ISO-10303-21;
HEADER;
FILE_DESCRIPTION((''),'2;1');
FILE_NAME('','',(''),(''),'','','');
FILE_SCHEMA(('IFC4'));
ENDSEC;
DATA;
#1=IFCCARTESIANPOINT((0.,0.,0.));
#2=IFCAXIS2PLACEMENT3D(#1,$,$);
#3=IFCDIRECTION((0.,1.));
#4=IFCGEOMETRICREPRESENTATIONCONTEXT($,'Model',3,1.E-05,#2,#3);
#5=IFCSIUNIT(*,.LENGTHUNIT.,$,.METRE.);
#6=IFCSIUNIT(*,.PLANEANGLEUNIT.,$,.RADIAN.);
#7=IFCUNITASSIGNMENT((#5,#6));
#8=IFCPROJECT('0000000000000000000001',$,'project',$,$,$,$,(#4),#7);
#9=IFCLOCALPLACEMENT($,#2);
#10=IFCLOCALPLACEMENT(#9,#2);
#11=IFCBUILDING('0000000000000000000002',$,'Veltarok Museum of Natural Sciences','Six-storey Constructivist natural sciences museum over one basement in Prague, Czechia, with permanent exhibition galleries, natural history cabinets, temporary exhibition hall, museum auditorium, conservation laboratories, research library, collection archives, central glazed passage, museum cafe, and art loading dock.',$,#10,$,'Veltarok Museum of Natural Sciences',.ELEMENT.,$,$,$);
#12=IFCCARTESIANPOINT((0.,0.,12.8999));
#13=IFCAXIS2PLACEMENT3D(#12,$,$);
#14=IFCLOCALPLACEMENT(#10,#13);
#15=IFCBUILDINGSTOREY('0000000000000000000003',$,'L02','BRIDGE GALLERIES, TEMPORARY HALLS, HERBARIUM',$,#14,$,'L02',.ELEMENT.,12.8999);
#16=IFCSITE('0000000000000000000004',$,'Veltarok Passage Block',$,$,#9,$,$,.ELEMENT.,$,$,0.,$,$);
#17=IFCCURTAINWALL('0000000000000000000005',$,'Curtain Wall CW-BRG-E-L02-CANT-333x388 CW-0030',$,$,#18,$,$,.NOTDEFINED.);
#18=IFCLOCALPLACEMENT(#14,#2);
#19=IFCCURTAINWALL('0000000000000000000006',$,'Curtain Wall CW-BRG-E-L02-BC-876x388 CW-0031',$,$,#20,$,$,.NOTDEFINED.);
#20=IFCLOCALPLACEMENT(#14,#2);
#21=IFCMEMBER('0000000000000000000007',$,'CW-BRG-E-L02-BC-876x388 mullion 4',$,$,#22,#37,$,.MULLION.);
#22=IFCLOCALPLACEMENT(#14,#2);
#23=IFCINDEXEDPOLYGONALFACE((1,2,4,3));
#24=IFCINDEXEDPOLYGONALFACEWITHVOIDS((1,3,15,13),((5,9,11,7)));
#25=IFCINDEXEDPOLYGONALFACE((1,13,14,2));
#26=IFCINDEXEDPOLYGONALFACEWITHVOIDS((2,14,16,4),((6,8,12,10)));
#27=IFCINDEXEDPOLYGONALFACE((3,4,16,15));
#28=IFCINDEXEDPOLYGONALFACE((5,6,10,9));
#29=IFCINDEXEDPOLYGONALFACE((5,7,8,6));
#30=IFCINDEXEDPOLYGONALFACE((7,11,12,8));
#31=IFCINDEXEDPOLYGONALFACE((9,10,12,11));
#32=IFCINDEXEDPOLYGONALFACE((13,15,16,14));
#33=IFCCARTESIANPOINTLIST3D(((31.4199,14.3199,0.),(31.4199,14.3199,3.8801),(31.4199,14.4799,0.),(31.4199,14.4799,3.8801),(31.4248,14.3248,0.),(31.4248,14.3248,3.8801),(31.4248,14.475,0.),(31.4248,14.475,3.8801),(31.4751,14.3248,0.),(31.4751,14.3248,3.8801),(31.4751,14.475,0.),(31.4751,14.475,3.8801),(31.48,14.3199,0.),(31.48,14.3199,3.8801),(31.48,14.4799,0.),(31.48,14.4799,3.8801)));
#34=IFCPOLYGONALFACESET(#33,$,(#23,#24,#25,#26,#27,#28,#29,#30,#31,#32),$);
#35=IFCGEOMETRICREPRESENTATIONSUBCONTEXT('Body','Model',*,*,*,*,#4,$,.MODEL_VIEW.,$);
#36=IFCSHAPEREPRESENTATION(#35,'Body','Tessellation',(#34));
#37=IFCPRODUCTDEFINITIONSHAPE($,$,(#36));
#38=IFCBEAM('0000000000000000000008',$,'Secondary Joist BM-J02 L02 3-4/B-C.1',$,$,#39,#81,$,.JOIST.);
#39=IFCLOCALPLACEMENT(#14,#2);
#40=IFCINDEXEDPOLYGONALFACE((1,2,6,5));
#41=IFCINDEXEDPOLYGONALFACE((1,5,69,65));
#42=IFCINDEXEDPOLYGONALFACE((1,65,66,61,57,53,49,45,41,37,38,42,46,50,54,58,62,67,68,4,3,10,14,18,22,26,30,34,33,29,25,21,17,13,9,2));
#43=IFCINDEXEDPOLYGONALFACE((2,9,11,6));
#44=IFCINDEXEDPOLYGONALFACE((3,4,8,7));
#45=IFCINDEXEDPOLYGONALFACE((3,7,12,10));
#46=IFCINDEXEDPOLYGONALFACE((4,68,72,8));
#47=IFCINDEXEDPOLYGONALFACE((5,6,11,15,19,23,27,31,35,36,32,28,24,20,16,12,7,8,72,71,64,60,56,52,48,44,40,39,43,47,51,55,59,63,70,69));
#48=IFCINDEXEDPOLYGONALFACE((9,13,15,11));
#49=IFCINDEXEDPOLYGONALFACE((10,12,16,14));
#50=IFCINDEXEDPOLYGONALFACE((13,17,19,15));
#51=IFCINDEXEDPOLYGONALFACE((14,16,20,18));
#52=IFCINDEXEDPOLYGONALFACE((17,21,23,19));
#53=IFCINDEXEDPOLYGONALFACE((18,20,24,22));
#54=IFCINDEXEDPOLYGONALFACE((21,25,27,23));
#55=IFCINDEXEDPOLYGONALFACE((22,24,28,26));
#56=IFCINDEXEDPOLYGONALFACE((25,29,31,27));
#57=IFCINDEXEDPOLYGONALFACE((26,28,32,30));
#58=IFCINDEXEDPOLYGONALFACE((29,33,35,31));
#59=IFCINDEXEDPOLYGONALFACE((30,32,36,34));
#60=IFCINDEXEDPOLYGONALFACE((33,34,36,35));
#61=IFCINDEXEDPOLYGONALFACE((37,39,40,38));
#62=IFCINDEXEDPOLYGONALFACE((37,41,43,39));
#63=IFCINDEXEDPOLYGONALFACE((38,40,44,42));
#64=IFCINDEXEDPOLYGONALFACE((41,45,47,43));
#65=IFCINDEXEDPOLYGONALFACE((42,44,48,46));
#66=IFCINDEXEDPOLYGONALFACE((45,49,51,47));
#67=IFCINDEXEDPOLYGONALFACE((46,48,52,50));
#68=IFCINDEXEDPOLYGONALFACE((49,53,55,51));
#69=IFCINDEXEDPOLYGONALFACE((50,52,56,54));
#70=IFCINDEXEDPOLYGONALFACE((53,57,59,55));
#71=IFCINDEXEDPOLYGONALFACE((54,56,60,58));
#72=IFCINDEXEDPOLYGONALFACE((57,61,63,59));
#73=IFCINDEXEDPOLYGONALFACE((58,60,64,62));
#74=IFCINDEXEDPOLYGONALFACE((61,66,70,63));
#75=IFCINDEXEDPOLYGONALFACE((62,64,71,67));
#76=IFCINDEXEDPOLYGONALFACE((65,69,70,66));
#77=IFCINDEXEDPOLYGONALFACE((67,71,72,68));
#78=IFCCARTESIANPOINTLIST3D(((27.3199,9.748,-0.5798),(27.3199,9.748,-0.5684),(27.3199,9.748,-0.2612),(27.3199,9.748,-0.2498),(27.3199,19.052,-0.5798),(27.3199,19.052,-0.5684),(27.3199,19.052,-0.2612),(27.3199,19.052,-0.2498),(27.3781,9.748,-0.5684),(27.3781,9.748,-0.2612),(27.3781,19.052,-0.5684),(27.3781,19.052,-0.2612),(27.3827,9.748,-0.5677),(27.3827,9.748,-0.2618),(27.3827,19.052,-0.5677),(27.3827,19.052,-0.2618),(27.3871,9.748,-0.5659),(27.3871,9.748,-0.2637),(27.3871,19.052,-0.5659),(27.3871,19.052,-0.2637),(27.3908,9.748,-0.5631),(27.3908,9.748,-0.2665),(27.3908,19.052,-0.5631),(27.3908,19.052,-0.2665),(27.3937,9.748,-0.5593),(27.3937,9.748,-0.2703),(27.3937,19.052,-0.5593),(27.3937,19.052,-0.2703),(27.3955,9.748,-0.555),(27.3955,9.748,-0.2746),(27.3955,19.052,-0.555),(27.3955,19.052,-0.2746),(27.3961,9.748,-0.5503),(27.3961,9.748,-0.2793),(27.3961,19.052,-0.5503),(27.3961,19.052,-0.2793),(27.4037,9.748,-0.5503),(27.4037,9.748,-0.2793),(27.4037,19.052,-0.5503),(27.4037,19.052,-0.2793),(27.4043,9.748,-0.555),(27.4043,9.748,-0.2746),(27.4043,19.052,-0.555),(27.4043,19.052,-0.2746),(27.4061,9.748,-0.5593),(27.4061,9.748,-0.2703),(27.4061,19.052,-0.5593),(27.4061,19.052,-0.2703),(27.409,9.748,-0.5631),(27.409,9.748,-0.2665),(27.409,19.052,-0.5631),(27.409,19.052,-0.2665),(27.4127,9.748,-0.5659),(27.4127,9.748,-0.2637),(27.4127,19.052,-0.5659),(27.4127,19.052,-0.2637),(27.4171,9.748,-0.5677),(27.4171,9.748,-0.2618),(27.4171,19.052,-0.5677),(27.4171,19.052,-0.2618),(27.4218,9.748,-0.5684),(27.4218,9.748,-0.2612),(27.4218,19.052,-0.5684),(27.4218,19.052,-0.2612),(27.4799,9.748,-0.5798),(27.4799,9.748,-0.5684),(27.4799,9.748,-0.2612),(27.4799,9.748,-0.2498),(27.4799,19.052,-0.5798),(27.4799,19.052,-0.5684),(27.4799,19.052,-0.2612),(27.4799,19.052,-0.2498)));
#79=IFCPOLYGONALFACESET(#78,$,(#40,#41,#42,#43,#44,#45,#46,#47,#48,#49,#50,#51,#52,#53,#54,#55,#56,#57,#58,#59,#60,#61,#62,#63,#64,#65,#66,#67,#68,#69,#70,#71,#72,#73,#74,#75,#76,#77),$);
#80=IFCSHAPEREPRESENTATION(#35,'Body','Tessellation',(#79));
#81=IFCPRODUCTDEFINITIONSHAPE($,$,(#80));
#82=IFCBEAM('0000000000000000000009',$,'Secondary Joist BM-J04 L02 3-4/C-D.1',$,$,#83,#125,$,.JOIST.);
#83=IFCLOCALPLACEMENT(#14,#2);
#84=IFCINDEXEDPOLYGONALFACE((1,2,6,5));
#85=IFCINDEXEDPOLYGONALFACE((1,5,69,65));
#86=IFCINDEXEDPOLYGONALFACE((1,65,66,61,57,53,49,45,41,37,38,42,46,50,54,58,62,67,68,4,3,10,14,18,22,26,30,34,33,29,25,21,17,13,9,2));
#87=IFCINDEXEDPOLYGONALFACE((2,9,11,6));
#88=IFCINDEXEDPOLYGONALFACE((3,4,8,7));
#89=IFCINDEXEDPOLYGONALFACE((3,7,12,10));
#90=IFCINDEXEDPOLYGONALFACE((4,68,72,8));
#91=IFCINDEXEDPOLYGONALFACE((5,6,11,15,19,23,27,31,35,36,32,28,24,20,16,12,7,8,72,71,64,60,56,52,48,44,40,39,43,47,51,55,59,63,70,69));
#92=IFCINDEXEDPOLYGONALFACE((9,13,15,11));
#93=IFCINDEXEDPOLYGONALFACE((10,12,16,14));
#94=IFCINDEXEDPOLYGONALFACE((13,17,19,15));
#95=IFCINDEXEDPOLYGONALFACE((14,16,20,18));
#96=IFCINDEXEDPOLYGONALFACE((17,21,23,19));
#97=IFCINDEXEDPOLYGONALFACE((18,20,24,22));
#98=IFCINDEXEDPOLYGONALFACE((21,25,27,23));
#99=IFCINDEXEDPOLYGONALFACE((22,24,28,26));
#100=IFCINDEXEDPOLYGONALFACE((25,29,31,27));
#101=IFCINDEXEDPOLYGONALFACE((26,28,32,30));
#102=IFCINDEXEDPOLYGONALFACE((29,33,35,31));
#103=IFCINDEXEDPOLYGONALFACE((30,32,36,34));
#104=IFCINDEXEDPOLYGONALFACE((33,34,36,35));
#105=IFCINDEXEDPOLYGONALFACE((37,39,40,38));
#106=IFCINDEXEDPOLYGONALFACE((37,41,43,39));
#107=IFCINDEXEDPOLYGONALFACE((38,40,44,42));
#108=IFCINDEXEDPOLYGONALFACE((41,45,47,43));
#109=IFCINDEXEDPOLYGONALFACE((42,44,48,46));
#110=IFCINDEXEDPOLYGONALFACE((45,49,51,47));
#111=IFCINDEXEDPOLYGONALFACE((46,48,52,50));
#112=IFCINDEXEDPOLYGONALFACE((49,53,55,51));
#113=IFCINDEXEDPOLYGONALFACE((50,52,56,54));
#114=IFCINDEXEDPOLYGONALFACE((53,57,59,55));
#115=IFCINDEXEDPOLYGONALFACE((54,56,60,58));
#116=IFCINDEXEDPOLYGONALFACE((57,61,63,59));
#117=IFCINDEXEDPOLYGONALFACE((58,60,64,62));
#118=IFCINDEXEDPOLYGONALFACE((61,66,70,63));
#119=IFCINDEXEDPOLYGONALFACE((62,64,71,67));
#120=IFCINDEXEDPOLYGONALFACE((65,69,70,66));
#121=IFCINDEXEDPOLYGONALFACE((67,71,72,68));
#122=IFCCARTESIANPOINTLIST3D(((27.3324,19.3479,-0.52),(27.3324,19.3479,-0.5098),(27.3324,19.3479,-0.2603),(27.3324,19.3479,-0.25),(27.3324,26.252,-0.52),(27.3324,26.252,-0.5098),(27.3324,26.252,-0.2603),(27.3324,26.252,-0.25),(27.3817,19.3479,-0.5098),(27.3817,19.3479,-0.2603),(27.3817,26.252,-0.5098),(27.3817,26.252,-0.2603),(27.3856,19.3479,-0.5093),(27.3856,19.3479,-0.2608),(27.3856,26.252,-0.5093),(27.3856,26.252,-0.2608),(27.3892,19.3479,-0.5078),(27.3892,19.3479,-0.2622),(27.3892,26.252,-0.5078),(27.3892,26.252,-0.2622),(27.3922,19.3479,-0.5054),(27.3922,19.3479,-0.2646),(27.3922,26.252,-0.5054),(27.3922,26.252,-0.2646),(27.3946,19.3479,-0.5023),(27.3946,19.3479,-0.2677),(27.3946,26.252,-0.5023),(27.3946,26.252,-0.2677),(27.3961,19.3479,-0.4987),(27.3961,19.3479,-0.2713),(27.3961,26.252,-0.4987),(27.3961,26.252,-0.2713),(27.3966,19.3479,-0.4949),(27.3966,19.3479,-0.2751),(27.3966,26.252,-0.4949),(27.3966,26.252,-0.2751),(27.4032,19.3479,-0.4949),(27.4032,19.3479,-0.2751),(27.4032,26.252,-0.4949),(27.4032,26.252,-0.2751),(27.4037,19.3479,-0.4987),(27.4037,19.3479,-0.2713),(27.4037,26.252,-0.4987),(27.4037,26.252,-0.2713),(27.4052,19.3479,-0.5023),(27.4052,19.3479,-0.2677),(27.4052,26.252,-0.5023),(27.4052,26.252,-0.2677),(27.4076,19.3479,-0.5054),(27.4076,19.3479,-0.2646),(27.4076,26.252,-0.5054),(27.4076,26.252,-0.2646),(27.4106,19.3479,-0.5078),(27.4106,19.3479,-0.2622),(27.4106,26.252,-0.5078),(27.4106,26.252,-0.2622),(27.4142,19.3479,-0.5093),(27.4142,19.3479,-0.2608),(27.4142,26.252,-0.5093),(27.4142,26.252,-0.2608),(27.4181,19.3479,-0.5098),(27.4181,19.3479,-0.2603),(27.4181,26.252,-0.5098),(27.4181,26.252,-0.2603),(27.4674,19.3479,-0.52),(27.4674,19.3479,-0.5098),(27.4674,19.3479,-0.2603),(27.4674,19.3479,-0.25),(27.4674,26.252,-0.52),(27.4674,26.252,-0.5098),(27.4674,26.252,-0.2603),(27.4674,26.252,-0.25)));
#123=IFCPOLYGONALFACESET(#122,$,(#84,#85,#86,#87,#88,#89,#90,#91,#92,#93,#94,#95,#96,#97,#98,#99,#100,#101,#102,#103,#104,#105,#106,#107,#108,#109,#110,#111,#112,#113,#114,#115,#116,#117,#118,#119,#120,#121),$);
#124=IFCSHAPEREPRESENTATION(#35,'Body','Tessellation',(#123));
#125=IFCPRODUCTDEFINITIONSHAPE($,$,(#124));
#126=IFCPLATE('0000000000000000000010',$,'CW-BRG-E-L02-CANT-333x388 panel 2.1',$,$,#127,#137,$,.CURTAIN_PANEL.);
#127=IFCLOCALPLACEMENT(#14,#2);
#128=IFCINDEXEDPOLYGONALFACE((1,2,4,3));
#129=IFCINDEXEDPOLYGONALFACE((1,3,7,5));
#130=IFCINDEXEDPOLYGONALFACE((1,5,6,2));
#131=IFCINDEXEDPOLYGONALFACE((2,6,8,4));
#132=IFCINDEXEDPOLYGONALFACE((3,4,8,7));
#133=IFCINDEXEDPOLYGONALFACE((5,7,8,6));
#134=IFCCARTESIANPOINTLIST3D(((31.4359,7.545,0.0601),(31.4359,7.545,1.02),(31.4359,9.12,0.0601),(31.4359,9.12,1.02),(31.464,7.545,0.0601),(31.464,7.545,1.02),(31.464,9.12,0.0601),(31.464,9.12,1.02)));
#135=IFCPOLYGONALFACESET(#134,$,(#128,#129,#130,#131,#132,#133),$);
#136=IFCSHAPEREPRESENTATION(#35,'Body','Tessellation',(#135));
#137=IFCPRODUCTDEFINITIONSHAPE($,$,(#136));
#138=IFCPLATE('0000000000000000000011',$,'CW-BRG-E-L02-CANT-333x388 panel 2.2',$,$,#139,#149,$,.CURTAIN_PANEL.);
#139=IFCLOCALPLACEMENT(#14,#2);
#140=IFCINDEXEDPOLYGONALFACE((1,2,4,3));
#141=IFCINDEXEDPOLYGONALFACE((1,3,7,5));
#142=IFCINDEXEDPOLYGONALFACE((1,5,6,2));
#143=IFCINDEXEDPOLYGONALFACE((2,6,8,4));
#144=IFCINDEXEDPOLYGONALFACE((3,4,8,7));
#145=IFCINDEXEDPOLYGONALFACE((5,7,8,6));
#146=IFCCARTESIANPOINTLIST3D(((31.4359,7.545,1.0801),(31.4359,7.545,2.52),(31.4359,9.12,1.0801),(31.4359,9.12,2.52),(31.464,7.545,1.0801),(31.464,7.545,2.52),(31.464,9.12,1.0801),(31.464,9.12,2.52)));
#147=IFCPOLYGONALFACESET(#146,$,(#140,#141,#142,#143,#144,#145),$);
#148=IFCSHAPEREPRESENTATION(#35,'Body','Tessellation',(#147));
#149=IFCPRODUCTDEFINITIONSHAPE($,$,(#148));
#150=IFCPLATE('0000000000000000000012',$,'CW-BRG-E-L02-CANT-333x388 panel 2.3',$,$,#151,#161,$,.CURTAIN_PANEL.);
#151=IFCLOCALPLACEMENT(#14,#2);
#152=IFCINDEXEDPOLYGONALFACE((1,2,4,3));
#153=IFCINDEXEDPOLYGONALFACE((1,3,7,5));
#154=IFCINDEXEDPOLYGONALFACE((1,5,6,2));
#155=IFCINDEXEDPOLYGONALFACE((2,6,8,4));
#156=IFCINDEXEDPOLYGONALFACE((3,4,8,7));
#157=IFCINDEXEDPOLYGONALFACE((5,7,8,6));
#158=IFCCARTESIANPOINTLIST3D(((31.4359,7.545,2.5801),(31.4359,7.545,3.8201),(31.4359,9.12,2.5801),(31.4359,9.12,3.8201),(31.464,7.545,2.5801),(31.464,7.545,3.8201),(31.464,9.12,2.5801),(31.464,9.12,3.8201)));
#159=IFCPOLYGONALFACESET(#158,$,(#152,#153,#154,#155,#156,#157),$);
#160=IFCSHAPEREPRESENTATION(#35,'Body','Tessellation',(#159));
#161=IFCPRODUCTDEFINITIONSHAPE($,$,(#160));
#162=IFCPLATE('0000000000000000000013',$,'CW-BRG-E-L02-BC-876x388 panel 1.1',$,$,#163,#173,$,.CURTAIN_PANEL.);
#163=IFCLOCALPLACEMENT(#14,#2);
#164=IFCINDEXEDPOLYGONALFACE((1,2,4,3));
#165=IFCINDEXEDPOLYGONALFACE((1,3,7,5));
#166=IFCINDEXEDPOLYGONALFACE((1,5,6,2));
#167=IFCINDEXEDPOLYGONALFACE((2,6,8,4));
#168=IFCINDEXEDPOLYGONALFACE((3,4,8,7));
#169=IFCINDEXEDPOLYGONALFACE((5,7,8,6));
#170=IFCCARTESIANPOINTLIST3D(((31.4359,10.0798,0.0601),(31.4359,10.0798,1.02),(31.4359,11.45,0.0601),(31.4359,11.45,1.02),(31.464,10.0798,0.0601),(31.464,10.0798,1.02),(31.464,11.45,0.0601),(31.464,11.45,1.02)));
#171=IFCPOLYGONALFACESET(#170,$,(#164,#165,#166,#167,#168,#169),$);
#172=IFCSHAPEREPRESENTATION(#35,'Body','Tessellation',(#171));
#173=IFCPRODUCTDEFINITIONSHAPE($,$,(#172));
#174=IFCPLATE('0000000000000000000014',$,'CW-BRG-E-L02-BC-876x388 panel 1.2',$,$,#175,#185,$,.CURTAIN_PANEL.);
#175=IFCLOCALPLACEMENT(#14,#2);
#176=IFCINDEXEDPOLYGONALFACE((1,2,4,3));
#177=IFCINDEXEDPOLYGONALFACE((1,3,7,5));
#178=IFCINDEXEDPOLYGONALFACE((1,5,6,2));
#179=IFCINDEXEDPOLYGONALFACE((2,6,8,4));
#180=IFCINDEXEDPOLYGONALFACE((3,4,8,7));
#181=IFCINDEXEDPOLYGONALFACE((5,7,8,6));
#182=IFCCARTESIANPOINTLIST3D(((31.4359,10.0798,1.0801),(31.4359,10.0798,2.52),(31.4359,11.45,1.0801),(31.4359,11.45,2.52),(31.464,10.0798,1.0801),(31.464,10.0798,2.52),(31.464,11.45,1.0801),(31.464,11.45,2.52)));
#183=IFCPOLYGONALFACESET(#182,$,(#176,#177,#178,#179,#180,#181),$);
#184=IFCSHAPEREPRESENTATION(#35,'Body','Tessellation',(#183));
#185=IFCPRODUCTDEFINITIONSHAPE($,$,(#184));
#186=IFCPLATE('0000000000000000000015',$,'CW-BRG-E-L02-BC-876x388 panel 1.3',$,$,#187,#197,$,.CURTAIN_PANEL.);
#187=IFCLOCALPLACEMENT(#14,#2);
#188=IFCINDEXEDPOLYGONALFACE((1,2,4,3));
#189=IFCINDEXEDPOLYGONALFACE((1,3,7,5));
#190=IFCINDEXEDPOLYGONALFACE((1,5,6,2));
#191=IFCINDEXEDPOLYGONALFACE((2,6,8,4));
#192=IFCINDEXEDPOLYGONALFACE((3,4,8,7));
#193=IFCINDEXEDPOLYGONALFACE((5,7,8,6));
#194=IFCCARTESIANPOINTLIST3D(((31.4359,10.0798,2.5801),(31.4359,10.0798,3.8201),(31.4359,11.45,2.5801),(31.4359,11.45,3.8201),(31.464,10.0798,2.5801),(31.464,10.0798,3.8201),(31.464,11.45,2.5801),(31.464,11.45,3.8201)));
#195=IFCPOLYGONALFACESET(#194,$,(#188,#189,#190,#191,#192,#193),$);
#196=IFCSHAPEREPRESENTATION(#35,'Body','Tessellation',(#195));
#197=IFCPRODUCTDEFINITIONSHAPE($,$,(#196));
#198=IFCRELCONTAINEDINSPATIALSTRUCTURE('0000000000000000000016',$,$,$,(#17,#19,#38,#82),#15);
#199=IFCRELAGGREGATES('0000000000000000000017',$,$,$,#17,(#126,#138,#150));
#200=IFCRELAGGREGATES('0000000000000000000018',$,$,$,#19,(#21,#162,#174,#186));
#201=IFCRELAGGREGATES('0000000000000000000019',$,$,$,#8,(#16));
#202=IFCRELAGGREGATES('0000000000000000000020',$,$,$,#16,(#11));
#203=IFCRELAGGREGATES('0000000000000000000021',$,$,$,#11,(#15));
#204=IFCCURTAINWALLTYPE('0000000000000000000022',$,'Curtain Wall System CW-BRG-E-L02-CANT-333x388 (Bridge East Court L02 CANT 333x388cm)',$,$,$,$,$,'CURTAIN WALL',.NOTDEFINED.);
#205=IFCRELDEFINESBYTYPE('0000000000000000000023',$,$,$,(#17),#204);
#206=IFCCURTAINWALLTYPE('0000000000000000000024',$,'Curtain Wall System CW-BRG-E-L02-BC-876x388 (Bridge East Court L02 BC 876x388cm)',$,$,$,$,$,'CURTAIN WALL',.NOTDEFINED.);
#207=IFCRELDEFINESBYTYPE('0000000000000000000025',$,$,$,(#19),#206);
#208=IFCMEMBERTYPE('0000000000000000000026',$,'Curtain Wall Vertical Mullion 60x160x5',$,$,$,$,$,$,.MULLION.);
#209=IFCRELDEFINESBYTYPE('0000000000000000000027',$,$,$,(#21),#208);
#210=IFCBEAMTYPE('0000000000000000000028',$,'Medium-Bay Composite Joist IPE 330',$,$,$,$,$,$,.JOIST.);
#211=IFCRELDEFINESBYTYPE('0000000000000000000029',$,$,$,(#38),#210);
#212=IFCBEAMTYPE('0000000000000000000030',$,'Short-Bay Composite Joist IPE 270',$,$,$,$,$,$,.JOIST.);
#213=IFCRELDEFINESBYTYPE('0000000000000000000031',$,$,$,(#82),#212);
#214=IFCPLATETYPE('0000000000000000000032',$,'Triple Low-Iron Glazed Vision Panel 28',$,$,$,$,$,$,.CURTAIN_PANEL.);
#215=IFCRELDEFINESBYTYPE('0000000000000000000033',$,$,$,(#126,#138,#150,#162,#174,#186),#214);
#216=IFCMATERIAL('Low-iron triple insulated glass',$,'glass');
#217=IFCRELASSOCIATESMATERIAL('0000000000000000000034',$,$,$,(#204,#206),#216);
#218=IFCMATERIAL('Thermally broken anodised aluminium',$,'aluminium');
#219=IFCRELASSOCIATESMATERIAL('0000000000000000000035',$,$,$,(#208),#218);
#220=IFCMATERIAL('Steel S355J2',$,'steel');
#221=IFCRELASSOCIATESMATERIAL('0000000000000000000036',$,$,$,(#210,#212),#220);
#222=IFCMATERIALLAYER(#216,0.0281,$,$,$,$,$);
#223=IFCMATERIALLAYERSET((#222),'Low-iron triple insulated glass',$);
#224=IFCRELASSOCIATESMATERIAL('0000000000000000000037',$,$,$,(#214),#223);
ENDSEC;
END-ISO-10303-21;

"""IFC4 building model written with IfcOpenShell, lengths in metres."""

from ifc_helpers import new_model, si_unit, direction, frame, origin, origin_2d, place, context, subcontext, project, spatial, rectangle, hollow_rectangle, i_section, extrude, material, layer, layer_set, material_profile, profile_set, type_object, element, aggregate, save


model = new_model("IFC4")

# Units and contexts
model_context = context("Model", 3, precision=1e-05, world=origin(), true_north=direction((0.0, 1.0)))
body_context = subcontext(model_context, "Body", "Model", "MODEL_VIEW")
ifc_project = project(units=[si_unit("LENGTHUNIT", "METRE"), si_unit("PLANEANGLEUNIT", "RADIAN")], contexts=[model_context])

# Site, building, storey
site_placement = place(None, origin())
site = spatial("IfcSite", under=ifc_project, at=site_placement, Name="Veltarok Passage Block", CompositionType="ELEMENT", RefElevation=0.0)
building_placement = place(site_placement, origin())
building = spatial("IfcBuilding", under=site, at=building_placement, Name="Veltarok Museum of Natural Sciences", Description="Six-storey Constructivist natural sciences museum over one basement in Prague, Czechia, with permanent exhibition galleries, natural history cabinets, temporary exhibition hall, museum auditorium, conservation laboratories, research library, collection archives, central glazed passage, museum cafe, and art loading dock.", LongName="Veltarok Museum of Natural Sciences", CompositionType="ELEMENT")
storey_placement = place(building_placement, frame((0.0, 0.0, 12.8999)))
storey = spatial("IfcBuildingStorey", under=building, at=storey_placement, Name="L02", Description="BRIDGE GALLERIES, TEMPORARY HALLS, HERBARIUM", LongName="L02", CompositionType="ELEMENT", Elevation=12.8999)

# Curtain walls
ifc_material_1 = material(Name="Low-iron triple insulated glass", Category="glass")
curtain_wall_type_1 = type_object("IfcCurtainWallType", Name="Curtain Wall System CW-BRG-E-L02-CANT-333x388 (Bridge East Court L02 CANT 333x388cm)", ElementType="CURTAIN WALL", PredefinedType="NOTDEFINED", material=ifc_material_1)
curtain_wall_1_placement = place(storey_placement, origin())
curtain_wall_1 = element("IfcCurtainWall", 1, at=curtain_wall_1_placement, inside=storey, type_object=curtain_wall_type_1, Name="Curtain Wall CW-BRG-E-L02-CANT-333x388 CW-0030", PredefinedType="NOTDEFINED")
ifc_material_2 = material(Name="Thermally broken anodised aluminium", Category="aluminium")
curtain_wall_type_2 = type_object("IfcCurtainWallType", Name="Curtain Wall System CW-BRG-E-L02-BC-876x388 (Bridge East Court L02 BC 876x388cm)", ElementType="CURTAIN WALL", PredefinedType="NOTDEFINED", material=ifc_material_1)
curtain_wall_2_placement = place(storey_placement, origin())
curtain_wall_2 = element("IfcCurtainWall", 2, at=curtain_wall_2_placement, inside=storey, type_object=curtain_wall_type_2, Name="Curtain Wall CW-BRG-E-L02-BC-876x388 CW-0031", PredefinedType="NOTDEFINED")

# Member
ifc_material_profile_1 = material_profile(ifc_material_2, hollow_rectangle(XDim=0.0601, YDim=0.1599, WallThickness=0.0049, at=origin_2d()), Name="CW MULLION 60x160x5")
ifc_profile_set_1 = profile_set([ifc_material_profile_1], Name="Thermally broken anodised aluminium")
member_type_1 = type_object("IfcMemberType", Name="Curtain Wall Vertical Mullion 60x160x5", PredefinedType="MULLION", material=ifc_profile_set_1)
member_1_placement = place(storey_placement, frame((31.45, 14.3999, 0.0), z_axis=(0.0, 0.0, 1.0), x_axis=(-1.0, 0.0, 0.0)))
member_1 = element("IfcMember", 3, at=member_1_placement, type_object=member_type_1, Name="CW-BRG-E-L02-BC-876x388 mullion 4", PredefinedType="MULLION", context=body_context, shape_type="SweptSolid", body=[
    extrude(hollow_rectangle(XDim=0.0601, YDim=0.1599, WallThickness=0.0049, at=origin_2d()), origin(), (0.0, 0.0, 1.0), 3.8801),
])

# Beams
ifc_material_3 = material(Name="Steel S355J2", Category="steel")
ifc_material_profile_2 = material_profile(ifc_material_3, i_section(OverallWidth=0.1599, OverallDepth=0.3301, WebThickness=0.0076, FlangeThickness=0.0115, FilletRadius=0.0181, at=origin_2d()), Name="IPE 330")
ifc_profile_set_2 = profile_set([ifc_material_profile_2], Name="Steel S355J2")
beam_type_1 = type_object("IfcBeamType", Name="Medium-Bay Composite Joist IPE 330", PredefinedType="JOIST", material=ifc_profile_set_2)
beam_1_placement = place(storey_placement, frame((27.3999, 9.748, -0.4148), z_axis=(0.0, 1.0, 0.0), x_axis=(-1.0, 0.0, 0.0)))
element("IfcBeam", 4, at=beam_1_placement, inside=storey, type_object=beam_type_1, Name="Secondary Joist BM-J02 L02 3-4/B-C.1", PredefinedType="JOIST", context=body_context, shape_type="SweptSolid", body=[
    extrude(i_section(OverallWidth=0.1599, OverallDepth=0.3301, WebThickness=0.0076, FlangeThickness=0.0115, FilletRadius=0.0181, at=origin_2d()), origin(), (0.0, 0.0, 1.0), 9.304),
])
ifc_material_profile_3 = material_profile(ifc_material_3, i_section(OverallWidth=0.135, OverallDepth=0.27, WebThickness=0.0066, FlangeThickness=0.0103, FilletRadius=0.0149, at=origin_2d()), Name="IPE 270")
ifc_profile_set_3 = profile_set([ifc_material_profile_3], Name="Steel S355J2")
beam_type_2 = type_object("IfcBeamType", Name="Short-Bay Composite Joist IPE 270", PredefinedType="JOIST", material=ifc_profile_set_3)
beam_2_placement = place(storey_placement, frame((27.3999, 19.3479, -0.385), z_axis=(0.0, 1.0, 0.0), x_axis=(-1.0, 0.0, 0.0)))
element("IfcBeam", 5, at=beam_2_placement, inside=storey, type_object=beam_type_2, Name="Secondary Joist BM-J04 L02 3-4/C-D.1", PredefinedType="JOIST", context=body_context, shape_type="SweptSolid", body=[
    extrude(i_section(OverallWidth=0.135, OverallDepth=0.27, WebThickness=0.0066, FlangeThickness=0.0103, FilletRadius=0.0149, at=origin_2d()), origin(), (0.0, 0.0, 1.0), 6.9041),
])

# Plates
ifc_layer = layer(ifc_material_1, 0.0281)
ifc_layer_set = layer_set([ifc_layer], Name="Low-iron triple insulated glass")
plate_type = type_object("IfcPlateType", Name="Triple Low-Iron Glazed Vision Panel 28", PredefinedType="CURTAIN_PANEL", material=ifc_layer_set)
plate_1_placement = place(storey_placement, frame((31.45, 8.3325, 0.0601), z_axis=(0.0, 0.0, 1.0), x_axis=(0.0, 1.0, 0.0)))
plate_1 = element("IfcPlate", 6, at=plate_1_placement, type_object=plate_type, Name="CW-BRG-E-L02-CANT-333x388 panel 2.1", PredefinedType="CURTAIN_PANEL", context=body_context, shape_type="SweptSolid", body=[
    extrude(rectangle(XDim=1.575, YDim=0.0281, at=origin_2d()), origin(), (0.0, 0.0, 1.0), 0.96),
])
plate_2_placement = place(storey_placement, frame((31.45, 8.3325, 1.0801), z_axis=(0.0, 0.0, 1.0), x_axis=(0.0, 1.0, 0.0)))
plate_2 = element("IfcPlate", 7, at=plate_2_placement, type_object=plate_type, Name="CW-BRG-E-L02-CANT-333x388 panel 2.2", PredefinedType="CURTAIN_PANEL", context=body_context, shape_type="SweptSolid", body=[
    extrude(rectangle(XDim=1.575, YDim=0.0281, at=origin_2d()), origin(), (0.0, 0.0, 1.0), 1.4399),
])
plate_3_placement = place(storey_placement, frame((31.45, 8.3325, 2.5801), z_axis=(0.0, 0.0, 1.0), x_axis=(0.0, 1.0, 0.0)))
plate_3 = element("IfcPlate", 8, at=plate_3_placement, type_object=plate_type, Name="CW-BRG-E-L02-CANT-333x388 panel 2.3", PredefinedType="CURTAIN_PANEL", context=body_context, shape_type="SweptSolid", body=[
    extrude(rectangle(XDim=1.575, YDim=0.0281, at=origin_2d()), origin(), (0.0, 0.0, 1.0), 1.24),
])
aggregate(curtain_wall_1, [plate_1, plate_2, plate_3])
plate_4_placement = place(storey_placement, frame((31.45, 10.7649, 0.0601), z_axis=(0.0, 0.0, 1.0), x_axis=(0.0, 1.0, 0.0)))
plate_4 = element("IfcPlate", 9, at=plate_4_placement, type_object=plate_type, Name="CW-BRG-E-L02-BC-876x388 panel 1.1", PredefinedType="CURTAIN_PANEL", context=body_context, shape_type="SweptSolid", body=[
    extrude(rectangle(XDim=1.3701, YDim=0.0281, at=origin_2d()), origin(), (0.0, 0.0, 1.0), 0.96),
])
plate_5_placement = place(storey_placement, frame((31.45, 10.7649, 1.0801), z_axis=(0.0, 0.0, 1.0), x_axis=(0.0, 1.0, 0.0)))
plate_5 = element("IfcPlate", 10, at=plate_5_placement, type_object=plate_type, Name="CW-BRG-E-L02-BC-876x388 panel 1.2", PredefinedType="CURTAIN_PANEL", context=body_context, shape_type="SweptSolid", body=[
    extrude(rectangle(XDim=1.3701, YDim=0.0281, at=origin_2d()), origin(), (0.0, 0.0, 1.0), 1.4399),
])
plate_6_placement = place(storey_placement, frame((31.45, 10.7649, 2.5801), z_axis=(0.0, 0.0, 1.0), x_axis=(0.0, 1.0, 0.0)))
plate_6 = element("IfcPlate", 11, at=plate_6_placement, type_object=plate_type, Name="CW-BRG-E-L02-BC-876x388 panel 1.3", PredefinedType="CURTAIN_PANEL", context=body_context, shape_type="SweptSolid", body=[
    extrude(rectangle(XDim=1.3701, YDim=0.0281, at=origin_2d()), origin(), (0.0, 0.0, 1.0), 1.24),
])
aggregate(curtain_wall_2, [member_1, plate_4, plate_5, plate_6])

save(model, "model.ifc")
